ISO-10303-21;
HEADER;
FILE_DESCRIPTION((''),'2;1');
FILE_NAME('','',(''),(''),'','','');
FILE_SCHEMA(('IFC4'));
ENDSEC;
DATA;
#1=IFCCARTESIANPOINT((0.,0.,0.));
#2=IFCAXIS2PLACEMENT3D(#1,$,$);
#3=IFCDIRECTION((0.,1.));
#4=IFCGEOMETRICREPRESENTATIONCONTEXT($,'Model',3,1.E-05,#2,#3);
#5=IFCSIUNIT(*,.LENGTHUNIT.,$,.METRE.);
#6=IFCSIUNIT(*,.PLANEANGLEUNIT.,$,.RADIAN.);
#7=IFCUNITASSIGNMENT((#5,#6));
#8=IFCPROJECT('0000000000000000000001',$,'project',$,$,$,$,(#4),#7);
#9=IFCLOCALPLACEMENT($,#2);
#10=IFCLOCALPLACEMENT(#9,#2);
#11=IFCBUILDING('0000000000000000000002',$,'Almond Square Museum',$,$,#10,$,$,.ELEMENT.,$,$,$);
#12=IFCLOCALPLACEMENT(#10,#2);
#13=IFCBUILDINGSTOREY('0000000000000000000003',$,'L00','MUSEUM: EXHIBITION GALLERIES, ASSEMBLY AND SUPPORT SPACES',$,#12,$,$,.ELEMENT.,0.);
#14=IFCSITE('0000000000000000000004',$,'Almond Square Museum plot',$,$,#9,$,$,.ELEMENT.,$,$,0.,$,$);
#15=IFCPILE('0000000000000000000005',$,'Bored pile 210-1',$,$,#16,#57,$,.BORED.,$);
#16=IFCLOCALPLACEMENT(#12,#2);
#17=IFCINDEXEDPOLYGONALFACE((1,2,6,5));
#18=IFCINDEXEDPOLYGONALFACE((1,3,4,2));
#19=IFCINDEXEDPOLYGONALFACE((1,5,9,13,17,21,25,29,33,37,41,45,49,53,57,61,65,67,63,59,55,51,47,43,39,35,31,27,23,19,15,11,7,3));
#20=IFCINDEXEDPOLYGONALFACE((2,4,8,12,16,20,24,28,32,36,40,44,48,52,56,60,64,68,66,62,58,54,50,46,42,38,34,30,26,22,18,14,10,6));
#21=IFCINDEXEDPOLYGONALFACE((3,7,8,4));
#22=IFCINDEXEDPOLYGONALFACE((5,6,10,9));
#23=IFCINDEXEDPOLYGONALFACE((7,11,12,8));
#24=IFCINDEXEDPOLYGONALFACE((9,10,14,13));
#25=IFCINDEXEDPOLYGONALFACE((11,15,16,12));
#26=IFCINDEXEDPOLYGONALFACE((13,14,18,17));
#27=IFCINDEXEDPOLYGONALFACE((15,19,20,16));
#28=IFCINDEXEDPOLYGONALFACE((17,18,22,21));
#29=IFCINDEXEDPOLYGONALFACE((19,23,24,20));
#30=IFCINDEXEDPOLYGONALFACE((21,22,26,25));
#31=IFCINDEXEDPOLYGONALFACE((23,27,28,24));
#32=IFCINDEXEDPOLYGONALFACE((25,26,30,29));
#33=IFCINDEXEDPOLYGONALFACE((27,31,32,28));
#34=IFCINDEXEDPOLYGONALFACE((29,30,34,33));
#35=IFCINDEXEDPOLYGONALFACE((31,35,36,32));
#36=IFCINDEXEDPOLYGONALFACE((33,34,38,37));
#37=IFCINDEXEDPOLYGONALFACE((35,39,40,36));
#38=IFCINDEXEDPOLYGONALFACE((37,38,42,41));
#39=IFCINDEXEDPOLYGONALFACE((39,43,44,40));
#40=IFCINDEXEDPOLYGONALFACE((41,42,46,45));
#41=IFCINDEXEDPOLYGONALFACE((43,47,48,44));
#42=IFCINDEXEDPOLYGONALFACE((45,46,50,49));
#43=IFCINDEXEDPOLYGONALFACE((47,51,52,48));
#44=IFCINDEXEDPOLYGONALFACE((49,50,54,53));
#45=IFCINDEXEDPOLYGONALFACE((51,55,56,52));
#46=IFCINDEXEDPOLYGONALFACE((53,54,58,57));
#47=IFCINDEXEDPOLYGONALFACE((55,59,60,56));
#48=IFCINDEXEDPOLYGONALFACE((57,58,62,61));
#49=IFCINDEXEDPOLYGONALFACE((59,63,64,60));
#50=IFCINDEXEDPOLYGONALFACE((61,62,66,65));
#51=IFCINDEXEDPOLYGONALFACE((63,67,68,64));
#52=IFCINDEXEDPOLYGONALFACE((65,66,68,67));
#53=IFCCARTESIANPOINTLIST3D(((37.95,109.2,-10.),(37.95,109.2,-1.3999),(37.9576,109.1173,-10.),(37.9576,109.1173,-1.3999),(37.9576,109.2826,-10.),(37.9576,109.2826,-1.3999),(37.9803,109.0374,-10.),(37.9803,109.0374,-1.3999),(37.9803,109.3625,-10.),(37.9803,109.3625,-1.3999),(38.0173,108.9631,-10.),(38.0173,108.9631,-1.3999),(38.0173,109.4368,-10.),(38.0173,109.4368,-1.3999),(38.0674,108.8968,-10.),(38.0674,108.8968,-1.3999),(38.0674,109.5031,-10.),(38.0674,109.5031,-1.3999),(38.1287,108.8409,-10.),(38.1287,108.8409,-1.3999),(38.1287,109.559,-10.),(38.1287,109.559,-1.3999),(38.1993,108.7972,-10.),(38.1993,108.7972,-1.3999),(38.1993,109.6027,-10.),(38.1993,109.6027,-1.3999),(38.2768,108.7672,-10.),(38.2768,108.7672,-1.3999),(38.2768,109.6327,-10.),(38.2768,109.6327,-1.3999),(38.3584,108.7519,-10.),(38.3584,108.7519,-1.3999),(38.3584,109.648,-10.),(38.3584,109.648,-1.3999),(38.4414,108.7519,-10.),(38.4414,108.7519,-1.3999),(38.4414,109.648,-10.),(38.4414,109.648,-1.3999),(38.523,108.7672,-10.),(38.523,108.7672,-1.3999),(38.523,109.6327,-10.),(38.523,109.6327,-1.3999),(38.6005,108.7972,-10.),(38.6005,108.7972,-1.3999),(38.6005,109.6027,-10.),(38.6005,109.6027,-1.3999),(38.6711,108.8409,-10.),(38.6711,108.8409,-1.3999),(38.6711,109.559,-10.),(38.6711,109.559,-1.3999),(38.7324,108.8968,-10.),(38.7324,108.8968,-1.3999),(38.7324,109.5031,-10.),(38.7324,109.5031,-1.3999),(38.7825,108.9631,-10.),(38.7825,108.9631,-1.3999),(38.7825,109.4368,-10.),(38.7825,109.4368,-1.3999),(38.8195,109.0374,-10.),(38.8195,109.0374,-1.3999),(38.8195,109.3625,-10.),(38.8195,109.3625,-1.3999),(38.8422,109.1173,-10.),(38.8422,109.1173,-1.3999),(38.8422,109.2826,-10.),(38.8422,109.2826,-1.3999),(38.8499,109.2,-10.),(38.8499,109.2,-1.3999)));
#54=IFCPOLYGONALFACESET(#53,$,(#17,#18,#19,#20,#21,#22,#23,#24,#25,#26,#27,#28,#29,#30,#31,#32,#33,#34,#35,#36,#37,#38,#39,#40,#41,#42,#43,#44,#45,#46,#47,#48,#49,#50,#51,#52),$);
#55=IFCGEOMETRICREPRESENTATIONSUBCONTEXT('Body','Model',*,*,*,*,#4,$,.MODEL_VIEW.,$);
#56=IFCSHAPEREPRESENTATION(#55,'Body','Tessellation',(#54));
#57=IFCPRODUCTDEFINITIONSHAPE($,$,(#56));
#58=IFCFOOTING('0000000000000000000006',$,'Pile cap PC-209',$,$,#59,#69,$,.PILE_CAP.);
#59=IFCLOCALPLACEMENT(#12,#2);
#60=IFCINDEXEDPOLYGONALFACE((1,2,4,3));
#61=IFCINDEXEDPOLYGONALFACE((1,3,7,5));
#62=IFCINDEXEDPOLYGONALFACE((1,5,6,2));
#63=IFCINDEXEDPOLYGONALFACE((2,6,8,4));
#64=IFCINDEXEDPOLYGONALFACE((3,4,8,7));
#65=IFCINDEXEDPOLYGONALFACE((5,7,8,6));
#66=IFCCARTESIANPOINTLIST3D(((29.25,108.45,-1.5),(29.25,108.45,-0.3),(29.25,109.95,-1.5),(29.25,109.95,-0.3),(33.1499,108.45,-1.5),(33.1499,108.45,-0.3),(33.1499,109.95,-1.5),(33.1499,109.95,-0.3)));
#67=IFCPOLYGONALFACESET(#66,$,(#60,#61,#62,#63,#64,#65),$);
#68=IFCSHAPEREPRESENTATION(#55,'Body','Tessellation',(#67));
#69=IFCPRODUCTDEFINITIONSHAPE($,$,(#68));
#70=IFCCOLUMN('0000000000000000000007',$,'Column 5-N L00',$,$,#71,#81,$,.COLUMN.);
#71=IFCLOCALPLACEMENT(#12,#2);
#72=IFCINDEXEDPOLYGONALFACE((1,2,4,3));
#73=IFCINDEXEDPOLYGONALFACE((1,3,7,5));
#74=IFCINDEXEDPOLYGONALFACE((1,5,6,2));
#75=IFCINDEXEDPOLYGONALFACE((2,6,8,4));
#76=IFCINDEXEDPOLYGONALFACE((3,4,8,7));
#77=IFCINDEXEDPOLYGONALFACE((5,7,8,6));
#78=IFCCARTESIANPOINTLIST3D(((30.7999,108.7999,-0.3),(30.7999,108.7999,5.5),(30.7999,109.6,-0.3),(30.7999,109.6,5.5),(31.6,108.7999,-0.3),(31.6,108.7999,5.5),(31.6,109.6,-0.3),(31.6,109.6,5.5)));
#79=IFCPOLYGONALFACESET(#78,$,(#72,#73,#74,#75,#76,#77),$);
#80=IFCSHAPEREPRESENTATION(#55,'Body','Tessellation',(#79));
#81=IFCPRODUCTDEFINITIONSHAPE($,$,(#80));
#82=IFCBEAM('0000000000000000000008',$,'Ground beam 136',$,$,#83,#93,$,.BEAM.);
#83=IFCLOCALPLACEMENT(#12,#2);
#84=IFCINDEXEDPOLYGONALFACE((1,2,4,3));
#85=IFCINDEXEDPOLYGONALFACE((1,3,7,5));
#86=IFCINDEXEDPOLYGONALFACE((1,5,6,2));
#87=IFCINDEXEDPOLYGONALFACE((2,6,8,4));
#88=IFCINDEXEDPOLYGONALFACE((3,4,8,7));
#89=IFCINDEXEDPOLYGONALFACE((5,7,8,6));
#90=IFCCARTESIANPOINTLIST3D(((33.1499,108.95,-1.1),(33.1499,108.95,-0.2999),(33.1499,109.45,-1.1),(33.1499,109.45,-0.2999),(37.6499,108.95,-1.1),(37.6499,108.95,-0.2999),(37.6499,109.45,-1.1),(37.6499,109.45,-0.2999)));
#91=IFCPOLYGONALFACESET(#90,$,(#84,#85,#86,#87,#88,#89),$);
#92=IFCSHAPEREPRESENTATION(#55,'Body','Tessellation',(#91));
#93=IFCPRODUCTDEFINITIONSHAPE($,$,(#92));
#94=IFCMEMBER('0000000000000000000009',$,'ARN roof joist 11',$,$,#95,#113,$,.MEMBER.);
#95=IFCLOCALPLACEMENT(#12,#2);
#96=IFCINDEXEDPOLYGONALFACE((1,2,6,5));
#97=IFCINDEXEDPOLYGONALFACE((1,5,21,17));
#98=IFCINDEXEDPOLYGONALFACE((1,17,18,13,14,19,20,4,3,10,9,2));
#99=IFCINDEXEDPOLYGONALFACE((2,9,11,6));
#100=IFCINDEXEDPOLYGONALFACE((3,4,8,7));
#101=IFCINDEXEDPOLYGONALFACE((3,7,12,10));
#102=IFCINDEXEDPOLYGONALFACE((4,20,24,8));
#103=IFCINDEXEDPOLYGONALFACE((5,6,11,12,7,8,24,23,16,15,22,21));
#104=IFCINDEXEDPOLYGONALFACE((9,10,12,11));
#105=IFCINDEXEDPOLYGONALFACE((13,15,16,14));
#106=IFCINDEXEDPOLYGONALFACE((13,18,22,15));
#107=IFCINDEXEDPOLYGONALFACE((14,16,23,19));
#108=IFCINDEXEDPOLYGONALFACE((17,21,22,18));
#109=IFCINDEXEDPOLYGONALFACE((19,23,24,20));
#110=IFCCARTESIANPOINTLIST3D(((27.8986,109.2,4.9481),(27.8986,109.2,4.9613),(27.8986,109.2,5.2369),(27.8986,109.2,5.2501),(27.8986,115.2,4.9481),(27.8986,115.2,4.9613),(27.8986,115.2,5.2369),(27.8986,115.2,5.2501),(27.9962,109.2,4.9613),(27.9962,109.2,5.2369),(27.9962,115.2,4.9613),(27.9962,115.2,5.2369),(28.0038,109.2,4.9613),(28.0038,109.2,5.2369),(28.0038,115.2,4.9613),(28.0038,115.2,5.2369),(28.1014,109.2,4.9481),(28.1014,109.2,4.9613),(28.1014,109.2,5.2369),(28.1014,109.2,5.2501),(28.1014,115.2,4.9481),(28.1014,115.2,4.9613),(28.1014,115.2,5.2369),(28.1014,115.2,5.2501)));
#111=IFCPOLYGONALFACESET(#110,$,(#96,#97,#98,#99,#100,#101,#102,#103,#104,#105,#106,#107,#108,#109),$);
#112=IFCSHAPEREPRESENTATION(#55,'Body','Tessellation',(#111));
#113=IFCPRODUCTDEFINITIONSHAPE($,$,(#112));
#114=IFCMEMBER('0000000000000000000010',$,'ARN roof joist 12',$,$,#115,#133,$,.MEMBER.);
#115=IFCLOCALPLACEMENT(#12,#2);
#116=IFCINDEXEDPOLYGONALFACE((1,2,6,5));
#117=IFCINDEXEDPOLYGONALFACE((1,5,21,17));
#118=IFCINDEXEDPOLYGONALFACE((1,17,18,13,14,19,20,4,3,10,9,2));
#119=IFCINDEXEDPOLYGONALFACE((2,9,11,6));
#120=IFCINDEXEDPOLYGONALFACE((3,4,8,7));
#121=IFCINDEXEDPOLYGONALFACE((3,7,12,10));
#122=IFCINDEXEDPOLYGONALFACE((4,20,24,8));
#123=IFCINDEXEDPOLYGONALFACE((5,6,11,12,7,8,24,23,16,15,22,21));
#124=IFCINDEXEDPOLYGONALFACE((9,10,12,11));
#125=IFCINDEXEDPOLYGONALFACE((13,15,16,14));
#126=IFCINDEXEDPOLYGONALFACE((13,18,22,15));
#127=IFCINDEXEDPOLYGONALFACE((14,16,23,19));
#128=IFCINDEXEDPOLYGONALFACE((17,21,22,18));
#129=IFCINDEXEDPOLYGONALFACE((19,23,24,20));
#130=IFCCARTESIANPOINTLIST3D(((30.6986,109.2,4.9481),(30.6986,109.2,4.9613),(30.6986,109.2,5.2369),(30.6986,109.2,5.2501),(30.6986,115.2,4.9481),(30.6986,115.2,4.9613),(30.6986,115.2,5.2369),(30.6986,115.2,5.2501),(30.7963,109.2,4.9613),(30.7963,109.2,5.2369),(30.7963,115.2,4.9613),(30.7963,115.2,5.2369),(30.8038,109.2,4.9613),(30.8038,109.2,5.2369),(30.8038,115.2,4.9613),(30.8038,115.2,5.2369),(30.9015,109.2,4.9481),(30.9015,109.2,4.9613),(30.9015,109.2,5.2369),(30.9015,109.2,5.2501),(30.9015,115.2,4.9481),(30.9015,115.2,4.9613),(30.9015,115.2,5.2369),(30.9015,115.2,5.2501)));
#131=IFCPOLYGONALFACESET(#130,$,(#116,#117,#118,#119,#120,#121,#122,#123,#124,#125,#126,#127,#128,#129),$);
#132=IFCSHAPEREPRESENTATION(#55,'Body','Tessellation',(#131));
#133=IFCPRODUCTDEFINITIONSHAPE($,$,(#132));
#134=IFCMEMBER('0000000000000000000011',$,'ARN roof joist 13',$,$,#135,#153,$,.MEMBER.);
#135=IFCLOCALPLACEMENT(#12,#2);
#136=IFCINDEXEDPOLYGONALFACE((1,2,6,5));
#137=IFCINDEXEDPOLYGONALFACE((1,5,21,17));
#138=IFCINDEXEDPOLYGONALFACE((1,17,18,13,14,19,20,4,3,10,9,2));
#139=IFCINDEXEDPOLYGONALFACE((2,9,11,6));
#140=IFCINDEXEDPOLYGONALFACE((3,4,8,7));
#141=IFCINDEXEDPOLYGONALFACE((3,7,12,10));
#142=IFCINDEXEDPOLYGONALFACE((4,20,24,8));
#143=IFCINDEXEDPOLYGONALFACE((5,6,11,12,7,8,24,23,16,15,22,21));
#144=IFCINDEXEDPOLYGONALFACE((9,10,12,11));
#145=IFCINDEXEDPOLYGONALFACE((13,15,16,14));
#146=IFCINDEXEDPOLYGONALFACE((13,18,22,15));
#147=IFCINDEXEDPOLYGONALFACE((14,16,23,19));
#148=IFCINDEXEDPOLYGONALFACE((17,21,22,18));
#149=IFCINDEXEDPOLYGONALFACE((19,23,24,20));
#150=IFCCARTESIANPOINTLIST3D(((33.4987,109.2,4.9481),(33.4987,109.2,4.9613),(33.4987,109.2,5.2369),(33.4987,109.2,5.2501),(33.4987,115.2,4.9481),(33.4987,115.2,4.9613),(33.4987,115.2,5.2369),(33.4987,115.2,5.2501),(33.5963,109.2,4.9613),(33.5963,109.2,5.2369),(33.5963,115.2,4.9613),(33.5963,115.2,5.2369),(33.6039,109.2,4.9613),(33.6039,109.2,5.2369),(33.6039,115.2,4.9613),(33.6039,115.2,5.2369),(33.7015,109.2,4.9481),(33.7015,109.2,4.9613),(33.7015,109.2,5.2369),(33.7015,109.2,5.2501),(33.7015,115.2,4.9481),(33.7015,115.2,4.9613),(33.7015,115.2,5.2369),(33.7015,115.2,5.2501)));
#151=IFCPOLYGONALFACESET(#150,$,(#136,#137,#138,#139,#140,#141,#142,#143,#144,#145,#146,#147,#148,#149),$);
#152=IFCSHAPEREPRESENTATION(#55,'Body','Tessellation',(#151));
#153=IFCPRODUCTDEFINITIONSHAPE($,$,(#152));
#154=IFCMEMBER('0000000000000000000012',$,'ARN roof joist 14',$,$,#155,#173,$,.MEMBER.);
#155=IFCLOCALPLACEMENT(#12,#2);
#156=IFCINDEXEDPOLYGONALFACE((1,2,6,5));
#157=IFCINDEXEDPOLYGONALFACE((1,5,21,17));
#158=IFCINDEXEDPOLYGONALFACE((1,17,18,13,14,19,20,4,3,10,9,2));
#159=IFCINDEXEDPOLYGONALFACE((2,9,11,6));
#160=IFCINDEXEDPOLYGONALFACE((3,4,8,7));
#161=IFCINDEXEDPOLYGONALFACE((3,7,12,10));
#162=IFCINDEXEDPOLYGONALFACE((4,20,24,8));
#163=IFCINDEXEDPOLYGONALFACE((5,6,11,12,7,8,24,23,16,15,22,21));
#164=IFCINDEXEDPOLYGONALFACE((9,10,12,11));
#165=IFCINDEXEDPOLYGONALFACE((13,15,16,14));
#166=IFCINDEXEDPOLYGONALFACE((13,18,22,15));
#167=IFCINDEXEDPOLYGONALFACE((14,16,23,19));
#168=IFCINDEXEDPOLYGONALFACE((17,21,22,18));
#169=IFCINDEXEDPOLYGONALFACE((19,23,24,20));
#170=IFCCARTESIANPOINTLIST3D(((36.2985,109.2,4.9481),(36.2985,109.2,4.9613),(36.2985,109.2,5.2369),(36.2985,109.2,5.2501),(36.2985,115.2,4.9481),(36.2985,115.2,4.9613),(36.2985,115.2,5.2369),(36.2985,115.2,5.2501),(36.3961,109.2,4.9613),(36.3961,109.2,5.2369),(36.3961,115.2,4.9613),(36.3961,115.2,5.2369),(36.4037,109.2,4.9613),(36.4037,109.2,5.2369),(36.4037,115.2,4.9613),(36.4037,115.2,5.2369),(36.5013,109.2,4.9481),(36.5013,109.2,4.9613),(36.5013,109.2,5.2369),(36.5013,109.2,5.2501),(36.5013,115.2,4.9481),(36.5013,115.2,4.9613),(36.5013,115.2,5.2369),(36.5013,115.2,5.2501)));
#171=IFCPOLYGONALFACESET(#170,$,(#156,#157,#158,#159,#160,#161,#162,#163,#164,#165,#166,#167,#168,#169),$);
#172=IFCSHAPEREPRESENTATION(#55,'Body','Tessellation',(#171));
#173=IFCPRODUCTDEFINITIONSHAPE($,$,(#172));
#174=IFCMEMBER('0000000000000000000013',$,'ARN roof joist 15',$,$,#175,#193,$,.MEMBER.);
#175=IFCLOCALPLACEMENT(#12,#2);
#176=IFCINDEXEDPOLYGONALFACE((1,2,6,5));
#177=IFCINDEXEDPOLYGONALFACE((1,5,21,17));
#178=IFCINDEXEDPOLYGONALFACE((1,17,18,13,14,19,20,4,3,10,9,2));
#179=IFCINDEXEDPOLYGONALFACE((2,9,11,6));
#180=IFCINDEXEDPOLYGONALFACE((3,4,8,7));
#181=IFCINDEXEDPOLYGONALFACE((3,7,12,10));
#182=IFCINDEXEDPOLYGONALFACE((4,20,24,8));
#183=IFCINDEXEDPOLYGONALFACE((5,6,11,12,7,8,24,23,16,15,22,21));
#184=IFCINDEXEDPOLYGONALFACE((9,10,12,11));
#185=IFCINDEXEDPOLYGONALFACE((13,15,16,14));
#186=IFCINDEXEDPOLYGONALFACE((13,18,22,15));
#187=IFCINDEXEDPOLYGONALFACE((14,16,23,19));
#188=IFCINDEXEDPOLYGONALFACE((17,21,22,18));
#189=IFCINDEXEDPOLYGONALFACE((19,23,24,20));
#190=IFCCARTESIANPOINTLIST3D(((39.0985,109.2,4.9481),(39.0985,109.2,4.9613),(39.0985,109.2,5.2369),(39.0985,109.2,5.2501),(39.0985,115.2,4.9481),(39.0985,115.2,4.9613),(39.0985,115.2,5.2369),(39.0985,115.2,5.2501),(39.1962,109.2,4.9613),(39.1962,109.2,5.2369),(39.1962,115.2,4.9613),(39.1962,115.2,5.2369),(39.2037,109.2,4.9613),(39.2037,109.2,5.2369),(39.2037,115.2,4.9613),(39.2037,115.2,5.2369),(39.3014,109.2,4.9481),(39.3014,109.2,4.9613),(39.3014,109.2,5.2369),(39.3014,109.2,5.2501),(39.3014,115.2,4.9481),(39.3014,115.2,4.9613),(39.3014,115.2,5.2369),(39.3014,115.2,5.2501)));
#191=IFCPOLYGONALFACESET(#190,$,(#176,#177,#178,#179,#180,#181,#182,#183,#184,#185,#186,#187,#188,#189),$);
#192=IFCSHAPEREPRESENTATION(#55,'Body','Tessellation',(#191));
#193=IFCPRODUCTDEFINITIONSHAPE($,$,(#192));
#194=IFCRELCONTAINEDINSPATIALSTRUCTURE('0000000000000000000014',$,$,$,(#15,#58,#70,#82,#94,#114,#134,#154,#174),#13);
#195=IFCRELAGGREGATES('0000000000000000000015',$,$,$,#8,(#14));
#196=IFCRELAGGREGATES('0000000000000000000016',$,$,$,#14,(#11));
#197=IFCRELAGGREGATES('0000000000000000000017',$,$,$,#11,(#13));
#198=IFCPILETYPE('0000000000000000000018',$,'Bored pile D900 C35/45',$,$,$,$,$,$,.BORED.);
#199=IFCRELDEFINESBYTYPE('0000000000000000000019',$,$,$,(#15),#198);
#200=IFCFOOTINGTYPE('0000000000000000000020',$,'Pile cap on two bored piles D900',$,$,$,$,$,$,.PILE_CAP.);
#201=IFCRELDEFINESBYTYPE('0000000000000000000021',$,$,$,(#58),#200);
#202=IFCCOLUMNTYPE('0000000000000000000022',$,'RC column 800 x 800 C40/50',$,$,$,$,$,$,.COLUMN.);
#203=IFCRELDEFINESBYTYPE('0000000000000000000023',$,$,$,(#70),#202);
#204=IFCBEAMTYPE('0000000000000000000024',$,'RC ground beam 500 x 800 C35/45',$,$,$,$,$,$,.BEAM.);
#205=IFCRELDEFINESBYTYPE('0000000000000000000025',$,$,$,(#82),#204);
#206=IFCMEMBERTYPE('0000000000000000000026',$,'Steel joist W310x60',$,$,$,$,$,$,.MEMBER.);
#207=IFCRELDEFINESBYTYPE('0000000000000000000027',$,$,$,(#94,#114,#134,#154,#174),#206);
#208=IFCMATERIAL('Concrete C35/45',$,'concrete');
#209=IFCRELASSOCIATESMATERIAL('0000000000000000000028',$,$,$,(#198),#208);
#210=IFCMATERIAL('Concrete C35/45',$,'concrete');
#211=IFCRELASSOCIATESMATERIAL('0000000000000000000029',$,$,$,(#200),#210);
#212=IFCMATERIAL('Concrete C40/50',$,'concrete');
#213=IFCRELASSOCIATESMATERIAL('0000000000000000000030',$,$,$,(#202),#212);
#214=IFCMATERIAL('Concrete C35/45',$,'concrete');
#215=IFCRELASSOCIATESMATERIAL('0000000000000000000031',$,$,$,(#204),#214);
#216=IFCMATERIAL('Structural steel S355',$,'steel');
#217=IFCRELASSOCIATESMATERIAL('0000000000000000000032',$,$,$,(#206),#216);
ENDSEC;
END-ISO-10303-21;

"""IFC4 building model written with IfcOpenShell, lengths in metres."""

from ifc_helpers import new_model, si_unit, direction, frame, origin, origin_2d, place, context, subcontext, project, spatial, rectangle, circle, i_section, extrude, material, material_profile, profile_set, type_object, element, save


model = new_model("IFC4")

# Units and contexts
model_context = context("Model", 3, precision=1e-05, world=origin(), true_north=direction((0.0, 1.0)))
body_context = subcontext(model_context, "Body", "Model", "MODEL_VIEW")
ifc_project = project(units=[si_unit("LENGTHUNIT", "METRE"), si_unit("PLANEANGLEUNIT", "RADIAN")], contexts=[model_context])

# Site, building, storey
site_placement = place(None, origin())
site = spatial("IfcSite", under=ifc_project, at=site_placement, Name="Almond Square Museum plot", CompositionType="ELEMENT", RefElevation=0.0)
building_placement = place(site_placement, origin())
building = spatial("IfcBuilding", under=site, at=building_placement, Name="Almond Square Museum", CompositionType="ELEMENT")
storey_placement = place(building_placement, origin())
storey = spatial("IfcBuildingStorey", under=building, at=storey_placement, Name="L00", Description="MUSEUM: EXHIBITION GALLERIES, ASSEMBLY AND SUPPORT SPACES", CompositionType="ELEMENT", Elevation=0.0)

# Pile
ifc_material_1 = material(Name="Concrete C35/45", Category="concrete")
ifc_material_profile_1 = material_profile(ifc_material_1, circle(Radius=0.45, at=origin_2d()))
ifc_profile_set_1 = profile_set([ifc_material_profile_1], Name="Concrete C35/45")
pile_type = type_object("IfcPileType", Name="Bored pile D900 C35/45", PredefinedType="BORED", material=ifc_profile_set_1)
for number, where, z_axis, x_axis, name in (
    (1, (38.3999, 109.2, -1.3999), (0.0, 0.0, -1.0), (1.0, 0.0, 0.0), "Bored pile 210-1"),
):
    element("IfcPile", number, at=place(storey_placement, frame(where, z_axis=z_axis, x_axis=x_axis)), inside=storey, type_object=pile_type, Name=name, PredefinedType="BORED", context=body_context, shape_type="SweptSolid", body=[
        extrude(circle(Radius=0.45, at=origin_2d()), origin(), (0.0, 0.0, 1.0), 8.6001),
    ])

# Footing
ifc_material_2 = material(Name="Concrete C35/45", Category="concrete")
footing_type = type_object("IfcFootingType", Name="Pile cap on two bored piles D900", PredefinedType="PILE_CAP", material=ifc_material_2)
footing_placement = place(storey_placement, frame((31.2, 109.2, -1.5), z_axis=(0.0, 0.0, 1.0), x_axis=(1.0, 0.0, 0.0)))
element("IfcFooting", 2, at=footing_placement, inside=storey, type_object=footing_type, Name="Pile cap PC-209", PredefinedType="PILE_CAP", context=body_context, shape_type="SweptSolid", body=[
    extrude(rectangle(XDim=3.8999, YDim=1.5, at=origin_2d()), origin(), (0.0, 0.0, 1.0), 1.2),
])

# Column
ifc_material_3 = material(Name="Concrete C40/50", Category="concrete")
ifc_material_profile_2 = material_profile(ifc_material_3, rectangle(XDim=0.8, YDim=0.8, at=origin_2d()))
ifc_profile_set_2 = profile_set([ifc_material_profile_2], Name="Concrete C40/50")
column_type = type_object("IfcColumnType", Name="RC column 800 x 800 C40/50", PredefinedType="COLUMN", material=ifc_profile_set_2)
column_placement = place(storey_placement, frame((31.2, 109.2, -0.3), z_axis=(0.0, 0.0, 1.0), x_axis=(1.0, 0.0, 0.0)))
element("IfcColumn", 3, at=column_placement, inside=storey, type_object=column_type, Name="Column 5-N L00", PredefinedType="COLUMN", context=body_context, shape_type="SweptSolid", body=[
    extrude(rectangle(XDim=0.8, YDim=0.8, at=origin_2d()), origin(), (0.0, 0.0, 1.0), 5.8),
])

# Beam
ifc_material_4 = material(Name="Concrete C35/45", Category="concrete")
ifc_material_profile_3 = material_profile(ifc_material_4, rectangle(XDim=0.5, YDim=0.8, at=origin_2d()))
ifc_profile_set_3 = profile_set([ifc_material_profile_3], Name="Concrete C35/45")
beam_type = type_object("IfcBeamType", Name="RC ground beam 500 x 800 C35/45", PredefinedType="BEAM", material=ifc_profile_set_3)
beam_placement = place(storey_placement, frame((33.1499, 109.2, -0.7), z_axis=(1.0, 0.0, 0.0), x_axis=(0.0, 1.0, 0.0)))
element("IfcBeam", 4, at=beam_placement, inside=storey, type_object=beam_type, Name="Ground beam 136", PredefinedType="BEAM", context=body_context, shape_type="SweptSolid", body=[
    extrude(rectangle(XDim=0.5, YDim=0.8, at=origin_2d()), origin(), (0.0, 0.0, 1.0), 4.5),
])

# Members
ifc_material_5 = material(Name="Structural steel S355", Category="steel")
ifc_material_profile_4 = material_profile(ifc_material_5, i_section(OverallWidth=0.2029, OverallDepth=0.302, WebThickness=0.0076, FlangeThickness=0.0132, at=origin_2d()))
ifc_profile_set_4 = profile_set([ifc_material_profile_4], Name="Structural steel S355")
member_type = type_object("IfcMemberType", Name="Steel joist W310x60", PredefinedType="MEMBER", material=ifc_profile_set_4)
for number, where, z_axis, x_axis, name in (
    (5, (28.0, 109.2, 5.0991), (0.0, 1.0, 0.0), (-1.0, 0.0, 0.0), "ARN roof joist 11"),
    (6, (30.8, 109.2, 5.0991), (0.0, 1.0, 0.0), (-1.0, 0.0, 0.0), "ARN roof joist 12"),
    (7, (33.6001, 109.2, 5.0991), (0.0, 1.0, 0.0), (-1.0, 0.0, 0.0), "ARN roof joist 13"),
    (8, (36.3999, 109.2, 5.0991), (0.0, 1.0, 0.0), (-1.0, 0.0, 0.0), "ARN roof joist 14"),
    (9, (39.2, 109.2, 5.0991), (0.0, 1.0, 0.0), (-1.0, 0.0, 0.0), "ARN roof joist 15"),
):
    element("IfcMember", number, at=place(storey_placement, frame(where, z_axis=z_axis, x_axis=x_axis)), inside=storey, type_object=member_type, Name=name, PredefinedType="MEMBER", context=body_context, shape_type="SweptSolid", body=[
        extrude(i_section(OverallWidth=0.2029, OverallDepth=0.302, WebThickness=0.0076, FlangeThickness=0.0132, at=origin_2d()), origin(), (0.0, 0.0, 1.0), 6.0),
    ])

save(model, "model.ifc")
